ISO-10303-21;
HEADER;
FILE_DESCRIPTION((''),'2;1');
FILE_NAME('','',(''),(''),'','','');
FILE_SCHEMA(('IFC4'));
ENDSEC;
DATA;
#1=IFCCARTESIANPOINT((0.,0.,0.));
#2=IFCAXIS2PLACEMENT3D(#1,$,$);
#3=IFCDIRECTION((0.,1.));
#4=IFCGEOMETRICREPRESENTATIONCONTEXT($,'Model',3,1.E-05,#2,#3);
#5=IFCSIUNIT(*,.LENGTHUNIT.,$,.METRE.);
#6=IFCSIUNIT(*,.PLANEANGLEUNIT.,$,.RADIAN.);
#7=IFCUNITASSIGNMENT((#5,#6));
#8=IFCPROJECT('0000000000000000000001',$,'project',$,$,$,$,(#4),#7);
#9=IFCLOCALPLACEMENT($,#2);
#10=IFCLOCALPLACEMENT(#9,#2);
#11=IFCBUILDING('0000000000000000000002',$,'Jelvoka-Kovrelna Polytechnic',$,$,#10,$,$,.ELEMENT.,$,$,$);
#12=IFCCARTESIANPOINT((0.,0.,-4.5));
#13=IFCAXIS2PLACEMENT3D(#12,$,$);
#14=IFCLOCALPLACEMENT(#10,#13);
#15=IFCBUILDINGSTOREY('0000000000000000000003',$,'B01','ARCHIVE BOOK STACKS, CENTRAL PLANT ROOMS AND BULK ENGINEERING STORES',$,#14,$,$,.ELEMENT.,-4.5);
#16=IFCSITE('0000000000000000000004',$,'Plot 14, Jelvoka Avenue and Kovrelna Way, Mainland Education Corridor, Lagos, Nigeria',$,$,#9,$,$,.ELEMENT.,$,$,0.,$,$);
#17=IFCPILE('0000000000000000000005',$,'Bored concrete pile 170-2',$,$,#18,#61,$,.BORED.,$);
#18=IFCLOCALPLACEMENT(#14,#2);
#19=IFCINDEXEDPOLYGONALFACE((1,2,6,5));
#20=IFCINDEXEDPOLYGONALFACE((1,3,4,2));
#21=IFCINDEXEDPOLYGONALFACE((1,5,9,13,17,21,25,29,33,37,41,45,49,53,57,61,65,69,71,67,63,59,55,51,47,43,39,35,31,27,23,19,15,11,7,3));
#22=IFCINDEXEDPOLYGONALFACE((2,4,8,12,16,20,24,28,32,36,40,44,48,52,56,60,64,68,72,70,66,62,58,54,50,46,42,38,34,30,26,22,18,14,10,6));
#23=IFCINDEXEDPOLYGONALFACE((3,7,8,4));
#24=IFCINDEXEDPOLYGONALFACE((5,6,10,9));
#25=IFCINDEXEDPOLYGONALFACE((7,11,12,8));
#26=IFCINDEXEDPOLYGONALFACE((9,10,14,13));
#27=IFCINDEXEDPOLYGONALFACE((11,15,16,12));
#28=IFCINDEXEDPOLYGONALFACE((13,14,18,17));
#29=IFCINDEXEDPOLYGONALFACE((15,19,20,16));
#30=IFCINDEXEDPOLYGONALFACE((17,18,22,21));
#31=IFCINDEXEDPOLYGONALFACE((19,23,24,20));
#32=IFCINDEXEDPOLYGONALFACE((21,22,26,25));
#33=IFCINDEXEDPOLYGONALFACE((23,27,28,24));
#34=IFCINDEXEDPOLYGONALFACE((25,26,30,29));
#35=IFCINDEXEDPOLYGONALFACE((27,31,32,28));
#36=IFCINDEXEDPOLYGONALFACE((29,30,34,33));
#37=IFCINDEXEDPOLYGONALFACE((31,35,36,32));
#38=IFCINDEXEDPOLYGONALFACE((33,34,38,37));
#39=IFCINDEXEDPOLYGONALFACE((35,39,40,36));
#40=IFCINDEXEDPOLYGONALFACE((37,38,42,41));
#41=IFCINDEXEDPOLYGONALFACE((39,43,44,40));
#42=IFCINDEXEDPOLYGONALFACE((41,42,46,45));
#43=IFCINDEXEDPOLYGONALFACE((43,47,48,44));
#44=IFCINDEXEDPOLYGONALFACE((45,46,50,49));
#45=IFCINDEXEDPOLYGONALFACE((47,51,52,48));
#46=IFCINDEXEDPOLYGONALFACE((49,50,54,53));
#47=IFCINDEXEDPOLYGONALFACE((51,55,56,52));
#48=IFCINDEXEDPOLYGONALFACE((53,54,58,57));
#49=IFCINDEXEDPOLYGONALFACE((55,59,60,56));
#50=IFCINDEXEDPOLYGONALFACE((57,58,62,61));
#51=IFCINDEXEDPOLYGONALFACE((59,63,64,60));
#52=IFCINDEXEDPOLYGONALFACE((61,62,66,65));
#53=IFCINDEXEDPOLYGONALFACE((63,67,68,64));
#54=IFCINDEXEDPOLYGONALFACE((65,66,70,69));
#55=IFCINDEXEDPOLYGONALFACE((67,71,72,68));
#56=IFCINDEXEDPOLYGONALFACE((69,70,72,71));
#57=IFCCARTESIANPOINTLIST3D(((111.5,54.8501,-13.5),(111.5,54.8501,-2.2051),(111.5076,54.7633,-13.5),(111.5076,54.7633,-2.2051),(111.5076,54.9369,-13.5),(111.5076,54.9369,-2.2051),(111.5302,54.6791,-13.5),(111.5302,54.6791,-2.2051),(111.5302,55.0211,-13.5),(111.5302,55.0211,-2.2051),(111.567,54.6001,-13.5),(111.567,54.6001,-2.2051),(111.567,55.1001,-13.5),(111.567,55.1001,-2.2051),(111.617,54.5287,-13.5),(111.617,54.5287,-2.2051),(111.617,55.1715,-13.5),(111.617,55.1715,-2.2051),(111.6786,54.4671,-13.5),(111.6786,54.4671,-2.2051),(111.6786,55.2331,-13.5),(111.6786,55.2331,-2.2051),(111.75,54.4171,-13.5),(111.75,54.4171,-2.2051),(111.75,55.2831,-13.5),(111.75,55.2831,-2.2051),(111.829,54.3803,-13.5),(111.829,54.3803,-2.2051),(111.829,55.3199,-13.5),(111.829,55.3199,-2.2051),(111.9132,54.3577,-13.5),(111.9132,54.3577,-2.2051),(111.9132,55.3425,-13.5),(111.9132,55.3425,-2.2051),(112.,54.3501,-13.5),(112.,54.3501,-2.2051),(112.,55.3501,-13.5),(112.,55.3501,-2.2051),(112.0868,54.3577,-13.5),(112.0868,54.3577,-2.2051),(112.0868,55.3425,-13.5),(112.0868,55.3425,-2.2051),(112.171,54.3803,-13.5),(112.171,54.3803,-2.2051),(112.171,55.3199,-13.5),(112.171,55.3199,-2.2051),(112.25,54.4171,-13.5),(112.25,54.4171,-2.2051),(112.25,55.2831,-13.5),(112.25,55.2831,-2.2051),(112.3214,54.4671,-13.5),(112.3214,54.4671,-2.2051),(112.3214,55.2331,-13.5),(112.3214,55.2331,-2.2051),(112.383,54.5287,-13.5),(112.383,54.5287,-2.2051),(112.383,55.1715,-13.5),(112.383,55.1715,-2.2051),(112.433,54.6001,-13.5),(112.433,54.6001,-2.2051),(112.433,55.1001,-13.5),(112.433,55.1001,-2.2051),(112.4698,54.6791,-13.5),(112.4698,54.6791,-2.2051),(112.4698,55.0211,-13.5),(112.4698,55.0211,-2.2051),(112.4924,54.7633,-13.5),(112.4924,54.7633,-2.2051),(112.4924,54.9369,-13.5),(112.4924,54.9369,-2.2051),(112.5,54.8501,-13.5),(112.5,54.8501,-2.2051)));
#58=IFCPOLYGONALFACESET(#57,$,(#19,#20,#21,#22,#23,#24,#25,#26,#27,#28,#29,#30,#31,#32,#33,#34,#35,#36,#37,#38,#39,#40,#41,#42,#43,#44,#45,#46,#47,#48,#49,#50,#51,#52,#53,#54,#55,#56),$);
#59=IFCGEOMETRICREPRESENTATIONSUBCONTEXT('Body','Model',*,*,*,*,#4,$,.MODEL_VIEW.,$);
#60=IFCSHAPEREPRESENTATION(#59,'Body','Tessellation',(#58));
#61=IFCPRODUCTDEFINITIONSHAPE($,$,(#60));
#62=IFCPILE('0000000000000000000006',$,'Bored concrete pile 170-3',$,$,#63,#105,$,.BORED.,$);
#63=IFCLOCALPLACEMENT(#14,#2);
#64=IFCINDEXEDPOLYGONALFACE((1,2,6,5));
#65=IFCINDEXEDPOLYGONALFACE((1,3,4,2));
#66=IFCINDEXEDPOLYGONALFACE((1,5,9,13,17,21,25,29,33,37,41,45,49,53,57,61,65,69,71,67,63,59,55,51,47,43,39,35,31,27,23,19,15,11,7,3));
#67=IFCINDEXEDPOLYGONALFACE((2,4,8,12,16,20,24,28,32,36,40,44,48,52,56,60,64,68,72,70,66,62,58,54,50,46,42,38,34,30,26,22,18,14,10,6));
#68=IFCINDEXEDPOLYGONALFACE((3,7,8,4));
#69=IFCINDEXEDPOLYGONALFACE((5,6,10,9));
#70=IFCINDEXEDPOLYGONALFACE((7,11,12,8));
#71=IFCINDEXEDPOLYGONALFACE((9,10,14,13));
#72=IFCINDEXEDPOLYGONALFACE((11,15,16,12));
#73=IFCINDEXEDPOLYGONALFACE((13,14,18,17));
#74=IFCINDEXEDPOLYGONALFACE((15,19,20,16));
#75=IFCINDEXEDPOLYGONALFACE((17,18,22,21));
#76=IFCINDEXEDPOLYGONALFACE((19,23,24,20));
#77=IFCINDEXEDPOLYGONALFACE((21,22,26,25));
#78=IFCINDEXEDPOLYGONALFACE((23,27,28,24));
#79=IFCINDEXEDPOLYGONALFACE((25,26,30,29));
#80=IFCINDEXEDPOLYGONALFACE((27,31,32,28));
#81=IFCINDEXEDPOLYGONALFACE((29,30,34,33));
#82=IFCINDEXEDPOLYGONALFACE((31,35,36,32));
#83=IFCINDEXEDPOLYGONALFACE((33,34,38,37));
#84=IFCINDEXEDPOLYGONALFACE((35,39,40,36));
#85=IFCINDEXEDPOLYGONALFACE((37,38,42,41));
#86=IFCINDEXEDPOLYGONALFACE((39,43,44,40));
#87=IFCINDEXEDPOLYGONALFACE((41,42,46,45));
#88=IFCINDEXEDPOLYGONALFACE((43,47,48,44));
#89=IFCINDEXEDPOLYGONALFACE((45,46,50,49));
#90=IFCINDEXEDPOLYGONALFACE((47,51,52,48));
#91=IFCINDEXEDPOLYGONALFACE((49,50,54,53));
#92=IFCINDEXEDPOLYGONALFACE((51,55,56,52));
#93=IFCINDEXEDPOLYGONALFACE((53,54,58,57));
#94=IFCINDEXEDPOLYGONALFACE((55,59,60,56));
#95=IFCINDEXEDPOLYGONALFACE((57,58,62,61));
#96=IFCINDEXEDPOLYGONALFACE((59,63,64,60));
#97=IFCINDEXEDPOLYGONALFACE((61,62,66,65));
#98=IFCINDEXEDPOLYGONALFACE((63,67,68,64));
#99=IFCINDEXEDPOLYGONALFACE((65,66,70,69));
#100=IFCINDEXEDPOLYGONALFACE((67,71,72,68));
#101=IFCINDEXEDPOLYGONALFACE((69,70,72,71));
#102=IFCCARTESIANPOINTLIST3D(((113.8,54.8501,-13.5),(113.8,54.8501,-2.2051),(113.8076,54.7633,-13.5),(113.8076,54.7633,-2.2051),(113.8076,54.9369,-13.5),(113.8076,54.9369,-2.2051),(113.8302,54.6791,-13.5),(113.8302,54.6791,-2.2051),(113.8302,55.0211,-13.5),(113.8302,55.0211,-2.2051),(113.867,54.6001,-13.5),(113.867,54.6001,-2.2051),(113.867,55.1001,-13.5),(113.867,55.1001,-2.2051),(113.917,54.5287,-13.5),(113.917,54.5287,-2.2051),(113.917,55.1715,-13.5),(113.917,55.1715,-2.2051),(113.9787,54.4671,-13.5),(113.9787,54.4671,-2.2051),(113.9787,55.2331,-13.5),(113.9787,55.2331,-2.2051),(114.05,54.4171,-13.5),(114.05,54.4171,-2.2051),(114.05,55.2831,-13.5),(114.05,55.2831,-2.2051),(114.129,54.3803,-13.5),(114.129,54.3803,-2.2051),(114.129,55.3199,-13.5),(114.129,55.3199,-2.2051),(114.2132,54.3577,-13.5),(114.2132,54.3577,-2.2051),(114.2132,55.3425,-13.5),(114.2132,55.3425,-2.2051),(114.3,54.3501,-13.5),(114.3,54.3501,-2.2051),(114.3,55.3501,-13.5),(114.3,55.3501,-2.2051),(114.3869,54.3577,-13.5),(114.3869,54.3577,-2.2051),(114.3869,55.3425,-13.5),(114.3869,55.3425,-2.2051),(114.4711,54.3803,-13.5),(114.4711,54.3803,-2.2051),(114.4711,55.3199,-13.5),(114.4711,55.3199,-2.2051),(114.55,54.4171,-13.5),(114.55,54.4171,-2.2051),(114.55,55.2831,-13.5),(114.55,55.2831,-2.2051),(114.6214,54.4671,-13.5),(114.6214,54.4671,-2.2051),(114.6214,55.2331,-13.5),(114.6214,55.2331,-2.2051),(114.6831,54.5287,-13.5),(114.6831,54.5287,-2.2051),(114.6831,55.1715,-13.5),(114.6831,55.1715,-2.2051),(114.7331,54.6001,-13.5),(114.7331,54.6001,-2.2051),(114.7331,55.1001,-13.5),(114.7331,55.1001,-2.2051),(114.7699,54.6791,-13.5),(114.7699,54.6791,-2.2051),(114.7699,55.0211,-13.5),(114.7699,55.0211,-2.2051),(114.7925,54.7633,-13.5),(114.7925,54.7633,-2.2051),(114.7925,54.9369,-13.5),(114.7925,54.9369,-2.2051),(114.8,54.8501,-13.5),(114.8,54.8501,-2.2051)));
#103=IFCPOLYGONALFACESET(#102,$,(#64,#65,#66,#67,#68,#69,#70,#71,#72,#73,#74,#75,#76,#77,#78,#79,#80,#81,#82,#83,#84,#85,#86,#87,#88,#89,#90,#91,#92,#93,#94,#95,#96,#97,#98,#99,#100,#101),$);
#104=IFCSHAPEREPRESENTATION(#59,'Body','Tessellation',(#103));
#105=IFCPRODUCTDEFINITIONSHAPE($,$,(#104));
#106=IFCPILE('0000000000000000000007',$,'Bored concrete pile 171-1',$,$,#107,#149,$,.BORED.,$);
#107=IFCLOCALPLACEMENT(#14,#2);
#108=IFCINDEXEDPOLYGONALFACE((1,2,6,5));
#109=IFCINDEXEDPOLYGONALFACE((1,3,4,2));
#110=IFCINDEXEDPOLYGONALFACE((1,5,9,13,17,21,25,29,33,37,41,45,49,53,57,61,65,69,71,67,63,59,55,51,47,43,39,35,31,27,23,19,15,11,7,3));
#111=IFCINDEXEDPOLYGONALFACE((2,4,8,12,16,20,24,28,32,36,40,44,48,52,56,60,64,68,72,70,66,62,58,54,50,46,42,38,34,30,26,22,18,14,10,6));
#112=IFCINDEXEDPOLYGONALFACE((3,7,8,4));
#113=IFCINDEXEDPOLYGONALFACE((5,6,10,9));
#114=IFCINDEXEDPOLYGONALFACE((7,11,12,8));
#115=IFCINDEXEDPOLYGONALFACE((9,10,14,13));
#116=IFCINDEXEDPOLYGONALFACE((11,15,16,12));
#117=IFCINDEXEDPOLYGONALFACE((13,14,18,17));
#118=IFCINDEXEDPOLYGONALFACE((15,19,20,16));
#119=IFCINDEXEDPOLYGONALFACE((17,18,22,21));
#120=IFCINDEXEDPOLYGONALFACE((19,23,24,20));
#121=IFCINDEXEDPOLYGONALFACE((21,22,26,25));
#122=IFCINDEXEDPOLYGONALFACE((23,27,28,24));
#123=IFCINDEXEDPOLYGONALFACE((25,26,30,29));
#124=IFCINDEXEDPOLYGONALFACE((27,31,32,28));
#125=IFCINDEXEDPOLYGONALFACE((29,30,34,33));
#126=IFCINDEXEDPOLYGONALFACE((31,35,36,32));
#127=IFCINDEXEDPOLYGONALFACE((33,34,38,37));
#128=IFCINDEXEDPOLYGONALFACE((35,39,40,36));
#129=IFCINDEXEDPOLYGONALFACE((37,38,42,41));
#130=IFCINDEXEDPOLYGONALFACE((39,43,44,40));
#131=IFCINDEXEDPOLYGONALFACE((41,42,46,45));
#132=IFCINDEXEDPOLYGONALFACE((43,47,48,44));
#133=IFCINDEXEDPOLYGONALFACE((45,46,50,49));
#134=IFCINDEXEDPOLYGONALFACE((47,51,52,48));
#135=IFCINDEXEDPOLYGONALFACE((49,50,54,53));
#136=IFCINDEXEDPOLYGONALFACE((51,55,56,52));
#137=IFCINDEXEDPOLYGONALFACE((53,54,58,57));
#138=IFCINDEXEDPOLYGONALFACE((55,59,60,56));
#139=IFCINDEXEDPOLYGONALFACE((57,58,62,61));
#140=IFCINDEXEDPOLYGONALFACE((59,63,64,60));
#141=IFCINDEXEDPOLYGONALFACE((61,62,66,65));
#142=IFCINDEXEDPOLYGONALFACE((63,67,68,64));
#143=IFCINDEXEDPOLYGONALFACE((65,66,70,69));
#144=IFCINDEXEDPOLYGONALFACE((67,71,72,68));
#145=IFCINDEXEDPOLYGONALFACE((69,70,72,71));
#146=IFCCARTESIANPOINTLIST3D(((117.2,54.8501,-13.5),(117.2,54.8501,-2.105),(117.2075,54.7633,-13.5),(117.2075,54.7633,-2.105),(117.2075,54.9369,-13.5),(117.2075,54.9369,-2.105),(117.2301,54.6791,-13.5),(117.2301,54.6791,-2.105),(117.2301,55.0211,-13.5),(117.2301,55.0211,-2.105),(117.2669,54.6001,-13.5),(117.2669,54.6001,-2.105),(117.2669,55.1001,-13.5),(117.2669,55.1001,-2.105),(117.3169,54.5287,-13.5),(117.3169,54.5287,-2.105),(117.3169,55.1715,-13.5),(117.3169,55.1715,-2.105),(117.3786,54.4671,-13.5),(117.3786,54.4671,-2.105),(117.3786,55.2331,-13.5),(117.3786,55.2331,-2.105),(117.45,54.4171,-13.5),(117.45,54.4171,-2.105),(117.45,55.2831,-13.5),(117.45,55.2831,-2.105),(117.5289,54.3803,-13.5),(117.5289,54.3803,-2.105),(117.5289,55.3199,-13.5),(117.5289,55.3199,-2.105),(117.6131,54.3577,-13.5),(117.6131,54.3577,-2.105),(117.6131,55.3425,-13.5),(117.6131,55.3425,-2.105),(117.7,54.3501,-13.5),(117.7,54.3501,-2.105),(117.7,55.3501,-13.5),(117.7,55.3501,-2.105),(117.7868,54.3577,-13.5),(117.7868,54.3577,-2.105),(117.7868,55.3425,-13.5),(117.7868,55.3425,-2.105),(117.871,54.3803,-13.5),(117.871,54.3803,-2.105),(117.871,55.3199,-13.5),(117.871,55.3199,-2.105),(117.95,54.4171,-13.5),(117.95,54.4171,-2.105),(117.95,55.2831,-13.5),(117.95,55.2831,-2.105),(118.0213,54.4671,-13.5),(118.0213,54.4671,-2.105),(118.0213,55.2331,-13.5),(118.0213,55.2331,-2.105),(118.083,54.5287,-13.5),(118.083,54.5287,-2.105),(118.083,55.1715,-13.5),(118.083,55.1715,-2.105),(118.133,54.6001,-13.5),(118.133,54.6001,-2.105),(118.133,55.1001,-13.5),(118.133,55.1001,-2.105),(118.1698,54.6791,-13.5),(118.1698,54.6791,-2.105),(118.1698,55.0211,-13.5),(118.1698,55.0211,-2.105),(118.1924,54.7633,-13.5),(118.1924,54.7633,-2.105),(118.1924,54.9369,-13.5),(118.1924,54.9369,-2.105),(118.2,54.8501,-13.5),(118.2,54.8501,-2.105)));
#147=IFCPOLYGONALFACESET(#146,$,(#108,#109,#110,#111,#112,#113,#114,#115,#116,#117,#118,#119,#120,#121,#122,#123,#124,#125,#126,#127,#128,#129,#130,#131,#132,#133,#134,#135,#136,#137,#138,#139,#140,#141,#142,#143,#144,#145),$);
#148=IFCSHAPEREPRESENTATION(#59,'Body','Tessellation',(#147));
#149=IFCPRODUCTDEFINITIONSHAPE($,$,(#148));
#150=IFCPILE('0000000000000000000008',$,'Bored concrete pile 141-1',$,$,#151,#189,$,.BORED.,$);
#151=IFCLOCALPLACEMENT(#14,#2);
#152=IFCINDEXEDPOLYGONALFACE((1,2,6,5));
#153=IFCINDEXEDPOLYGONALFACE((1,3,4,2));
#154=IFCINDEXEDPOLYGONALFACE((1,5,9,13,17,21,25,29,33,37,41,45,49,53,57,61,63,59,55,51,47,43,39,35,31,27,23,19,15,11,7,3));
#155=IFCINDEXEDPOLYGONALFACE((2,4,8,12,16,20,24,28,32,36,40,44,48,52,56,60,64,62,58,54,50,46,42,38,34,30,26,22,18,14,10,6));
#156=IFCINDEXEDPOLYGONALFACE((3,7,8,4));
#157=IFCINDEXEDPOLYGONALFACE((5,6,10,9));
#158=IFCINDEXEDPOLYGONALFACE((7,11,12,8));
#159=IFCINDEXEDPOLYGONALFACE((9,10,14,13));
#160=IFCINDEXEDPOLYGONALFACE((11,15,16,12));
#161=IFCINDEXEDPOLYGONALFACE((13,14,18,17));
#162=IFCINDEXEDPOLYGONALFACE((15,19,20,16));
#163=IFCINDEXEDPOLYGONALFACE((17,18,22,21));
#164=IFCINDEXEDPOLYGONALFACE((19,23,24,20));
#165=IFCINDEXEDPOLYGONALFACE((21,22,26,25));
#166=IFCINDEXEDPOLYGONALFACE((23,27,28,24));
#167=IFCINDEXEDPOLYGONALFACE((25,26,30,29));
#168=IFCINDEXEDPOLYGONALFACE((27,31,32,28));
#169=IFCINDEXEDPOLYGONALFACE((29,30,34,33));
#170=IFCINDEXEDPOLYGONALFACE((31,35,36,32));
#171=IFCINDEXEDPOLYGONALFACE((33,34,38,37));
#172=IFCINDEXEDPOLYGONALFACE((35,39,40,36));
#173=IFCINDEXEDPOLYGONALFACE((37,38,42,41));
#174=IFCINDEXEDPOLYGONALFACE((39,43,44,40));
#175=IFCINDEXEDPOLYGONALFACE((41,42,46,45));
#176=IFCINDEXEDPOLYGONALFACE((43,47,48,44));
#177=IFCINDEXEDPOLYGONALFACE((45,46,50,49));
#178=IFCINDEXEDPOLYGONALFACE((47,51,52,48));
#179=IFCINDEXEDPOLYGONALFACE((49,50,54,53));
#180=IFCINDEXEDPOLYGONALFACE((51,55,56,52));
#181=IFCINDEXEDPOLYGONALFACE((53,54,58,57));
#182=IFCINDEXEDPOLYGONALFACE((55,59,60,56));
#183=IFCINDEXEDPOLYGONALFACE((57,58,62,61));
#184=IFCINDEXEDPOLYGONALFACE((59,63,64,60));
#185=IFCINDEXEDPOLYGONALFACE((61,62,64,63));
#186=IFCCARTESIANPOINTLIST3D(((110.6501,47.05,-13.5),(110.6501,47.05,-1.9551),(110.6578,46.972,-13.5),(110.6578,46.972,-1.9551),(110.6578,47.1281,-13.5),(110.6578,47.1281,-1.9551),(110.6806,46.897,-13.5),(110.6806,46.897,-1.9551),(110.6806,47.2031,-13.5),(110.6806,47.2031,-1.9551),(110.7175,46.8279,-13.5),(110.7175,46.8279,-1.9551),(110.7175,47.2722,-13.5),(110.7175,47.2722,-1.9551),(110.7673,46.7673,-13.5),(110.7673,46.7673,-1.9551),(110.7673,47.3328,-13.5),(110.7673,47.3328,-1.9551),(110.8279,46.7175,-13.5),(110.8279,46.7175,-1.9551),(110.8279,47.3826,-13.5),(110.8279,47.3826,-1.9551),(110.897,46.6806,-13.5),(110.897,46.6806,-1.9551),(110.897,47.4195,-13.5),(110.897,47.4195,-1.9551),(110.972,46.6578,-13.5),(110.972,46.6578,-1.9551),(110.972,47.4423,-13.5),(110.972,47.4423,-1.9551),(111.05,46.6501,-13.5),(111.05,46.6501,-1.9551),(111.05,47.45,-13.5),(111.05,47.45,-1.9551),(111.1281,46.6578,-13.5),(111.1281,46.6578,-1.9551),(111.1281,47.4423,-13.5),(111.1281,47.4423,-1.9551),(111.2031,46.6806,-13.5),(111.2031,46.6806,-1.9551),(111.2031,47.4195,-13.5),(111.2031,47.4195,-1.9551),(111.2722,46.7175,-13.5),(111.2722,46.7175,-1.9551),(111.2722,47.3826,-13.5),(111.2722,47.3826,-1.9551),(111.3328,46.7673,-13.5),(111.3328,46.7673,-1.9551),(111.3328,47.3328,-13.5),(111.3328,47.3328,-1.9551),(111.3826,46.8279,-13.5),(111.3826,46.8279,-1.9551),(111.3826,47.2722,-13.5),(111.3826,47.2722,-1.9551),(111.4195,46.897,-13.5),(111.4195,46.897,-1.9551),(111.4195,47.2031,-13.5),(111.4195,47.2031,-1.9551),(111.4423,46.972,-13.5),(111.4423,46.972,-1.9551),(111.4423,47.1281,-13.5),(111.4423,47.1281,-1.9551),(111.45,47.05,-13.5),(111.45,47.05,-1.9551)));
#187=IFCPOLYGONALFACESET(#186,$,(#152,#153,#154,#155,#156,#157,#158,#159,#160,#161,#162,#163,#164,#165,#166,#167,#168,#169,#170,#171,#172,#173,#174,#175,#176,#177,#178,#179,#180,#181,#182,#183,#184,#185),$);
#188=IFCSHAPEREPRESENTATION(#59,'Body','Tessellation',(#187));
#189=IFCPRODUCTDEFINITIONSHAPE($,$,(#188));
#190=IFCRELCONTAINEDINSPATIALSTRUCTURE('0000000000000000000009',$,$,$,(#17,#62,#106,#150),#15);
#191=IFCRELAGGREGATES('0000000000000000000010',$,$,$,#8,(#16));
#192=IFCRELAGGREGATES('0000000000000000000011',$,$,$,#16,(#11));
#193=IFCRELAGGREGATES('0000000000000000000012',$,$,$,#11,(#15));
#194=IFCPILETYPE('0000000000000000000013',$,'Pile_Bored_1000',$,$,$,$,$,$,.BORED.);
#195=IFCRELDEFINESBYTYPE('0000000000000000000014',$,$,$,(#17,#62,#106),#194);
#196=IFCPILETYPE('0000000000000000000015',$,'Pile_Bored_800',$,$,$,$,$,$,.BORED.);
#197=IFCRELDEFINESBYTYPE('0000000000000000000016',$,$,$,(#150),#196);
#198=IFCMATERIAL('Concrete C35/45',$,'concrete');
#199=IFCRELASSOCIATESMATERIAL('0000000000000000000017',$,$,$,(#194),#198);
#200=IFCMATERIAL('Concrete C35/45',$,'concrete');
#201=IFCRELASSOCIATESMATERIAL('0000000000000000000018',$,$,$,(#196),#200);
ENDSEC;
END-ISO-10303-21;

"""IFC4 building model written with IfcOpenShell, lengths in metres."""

from ifc_helpers import new_model, si_unit, direction, frame, origin, origin_2d, place, context, subcontext, project, spatial, circle, extrude, material, material_profile, profile_set, type_object, element, save


model = new_model("IFC4")

# Units and contexts
model_context = context("Model", 3, precision=1e-05, world=origin(), true_north=direction((0.0, 1.0)))
body_context = subcontext(model_context, "Body", "Model", "MODEL_VIEW")
ifc_project = project(units=[si_unit("LENGTHUNIT", "METRE"), si_unit("PLANEANGLEUNIT", "RADIAN")], contexts=[model_context])

# Site, building, storey
site_placement = place(None, origin())
site = spatial("IfcSite", under=ifc_project, at=site_placement, Name="Plot 14, Jelvoka Avenue and Kovrelna Way, Mainland Education Corridor, Lagos, Nigeria", CompositionType="ELEMENT", RefElevation=0.0)
building_placement = place(site_placement, origin())
building = spatial("IfcBuilding", under=site, at=building_placement, Name="Jelvoka-Kovrelna Polytechnic", CompositionType="ELEMENT")
storey_placement = place(building_placement, frame((0.0, 0.0, -4.5)))
storey = spatial("IfcBuildingStorey", under=building, at=storey_placement, Name="B01", Description="ARCHIVE BOOK STACKS, CENTRAL PLANT ROOMS AND BULK ENGINEERING STORES", CompositionType="ELEMENT", Elevation=-4.5)

# Piles
ifc_material_1 = material(Name="Concrete C35/45", Category="concrete")
ifc_material_profile_1 = material_profile(ifc_material_1, circle(Radius=0.5, at=origin_2d()), Name="PILE D1000")
ifc_profile_set_1 = profile_set([ifc_material_profile_1], Name="Concrete C35/45")
pile_type_1 = type_object("IfcPileType", Name="Pile_Bored_1000", PredefinedType="BORED", material=ifc_profile_set_1)
for number, where, z_axis, x_axis, name in (
    (1, (112.0, 54.8501, -2.2051), (0.0, 0.0, -1.0), (1.0, 0.0, 0.0), "Bored concrete pile 170-2"),
    (2, (114.3, 54.8501, -2.2051), (0.0, 0.0, -1.0), (1.0, 0.0, 0.0), "Bored concrete pile 170-3"),
):
    element("IfcPile", number, at=place(storey_placement, frame(where, z_axis=z_axis, x_axis=x_axis)), inside=storey, type_object=pile_type_1, Name=name, PredefinedType="BORED", context=body_context, shape_type="SweptSolid", body=[
        extrude(circle(Radius=0.5, at=origin_2d()), origin(), (0.0, 0.0, 1.0), 11.2949),
    ])
pile_placement = place(storey_placement, frame((117.7, 54.8501, -2.105), z_axis=(0.0, 0.0, -1.0), x_axis=(1.0, 0.0, 0.0)))
element("IfcPile", 3, at=pile_placement, inside=storey, type_object=pile_type_1, Name="Bored concrete pile 171-1", PredefinedType="BORED", context=body_context, shape_type="SweptSolid", body=[
    extrude(circle(Radius=0.5, at=origin_2d()), origin(), (0.0, 0.0, 1.0), 11.395),
])
ifc_material_2 = material(Name="Concrete C35/45", Category="concrete")
ifc_material_profile_2 = material_profile(ifc_material_2, circle(Radius=0.3999, at=origin_2d()), Name="PILE D800")
ifc_profile_set_2 = profile_set([ifc_material_profile_2], Name="Concrete C35/45")
pile_type_2 = type_object("IfcPileType", Name="Pile_Bored_800", PredefinedType="BORED", material=ifc_profile_set_2)
for number, where, z_axis, x_axis, name in (
    (4, (111.05, 47.05, -1.9551), (0.0, 0.0, -1.0), (1.0, 0.0, 0.0), "Bored concrete pile 141-1"),
):
    element("IfcPile", number, at=place(storey_placement, frame(where, z_axis=z_axis, x_axis=x_axis)), inside=storey, type_object=pile_type_2, Name=name, PredefinedType="BORED", context=body_context, shape_type="SweptSolid", body=[
        extrude(circle(Radius=0.3999, at=origin_2d()), origin(), (0.0, 0.0, 1.0), 11.5449),
    ])

save(model, "model.ifc")
